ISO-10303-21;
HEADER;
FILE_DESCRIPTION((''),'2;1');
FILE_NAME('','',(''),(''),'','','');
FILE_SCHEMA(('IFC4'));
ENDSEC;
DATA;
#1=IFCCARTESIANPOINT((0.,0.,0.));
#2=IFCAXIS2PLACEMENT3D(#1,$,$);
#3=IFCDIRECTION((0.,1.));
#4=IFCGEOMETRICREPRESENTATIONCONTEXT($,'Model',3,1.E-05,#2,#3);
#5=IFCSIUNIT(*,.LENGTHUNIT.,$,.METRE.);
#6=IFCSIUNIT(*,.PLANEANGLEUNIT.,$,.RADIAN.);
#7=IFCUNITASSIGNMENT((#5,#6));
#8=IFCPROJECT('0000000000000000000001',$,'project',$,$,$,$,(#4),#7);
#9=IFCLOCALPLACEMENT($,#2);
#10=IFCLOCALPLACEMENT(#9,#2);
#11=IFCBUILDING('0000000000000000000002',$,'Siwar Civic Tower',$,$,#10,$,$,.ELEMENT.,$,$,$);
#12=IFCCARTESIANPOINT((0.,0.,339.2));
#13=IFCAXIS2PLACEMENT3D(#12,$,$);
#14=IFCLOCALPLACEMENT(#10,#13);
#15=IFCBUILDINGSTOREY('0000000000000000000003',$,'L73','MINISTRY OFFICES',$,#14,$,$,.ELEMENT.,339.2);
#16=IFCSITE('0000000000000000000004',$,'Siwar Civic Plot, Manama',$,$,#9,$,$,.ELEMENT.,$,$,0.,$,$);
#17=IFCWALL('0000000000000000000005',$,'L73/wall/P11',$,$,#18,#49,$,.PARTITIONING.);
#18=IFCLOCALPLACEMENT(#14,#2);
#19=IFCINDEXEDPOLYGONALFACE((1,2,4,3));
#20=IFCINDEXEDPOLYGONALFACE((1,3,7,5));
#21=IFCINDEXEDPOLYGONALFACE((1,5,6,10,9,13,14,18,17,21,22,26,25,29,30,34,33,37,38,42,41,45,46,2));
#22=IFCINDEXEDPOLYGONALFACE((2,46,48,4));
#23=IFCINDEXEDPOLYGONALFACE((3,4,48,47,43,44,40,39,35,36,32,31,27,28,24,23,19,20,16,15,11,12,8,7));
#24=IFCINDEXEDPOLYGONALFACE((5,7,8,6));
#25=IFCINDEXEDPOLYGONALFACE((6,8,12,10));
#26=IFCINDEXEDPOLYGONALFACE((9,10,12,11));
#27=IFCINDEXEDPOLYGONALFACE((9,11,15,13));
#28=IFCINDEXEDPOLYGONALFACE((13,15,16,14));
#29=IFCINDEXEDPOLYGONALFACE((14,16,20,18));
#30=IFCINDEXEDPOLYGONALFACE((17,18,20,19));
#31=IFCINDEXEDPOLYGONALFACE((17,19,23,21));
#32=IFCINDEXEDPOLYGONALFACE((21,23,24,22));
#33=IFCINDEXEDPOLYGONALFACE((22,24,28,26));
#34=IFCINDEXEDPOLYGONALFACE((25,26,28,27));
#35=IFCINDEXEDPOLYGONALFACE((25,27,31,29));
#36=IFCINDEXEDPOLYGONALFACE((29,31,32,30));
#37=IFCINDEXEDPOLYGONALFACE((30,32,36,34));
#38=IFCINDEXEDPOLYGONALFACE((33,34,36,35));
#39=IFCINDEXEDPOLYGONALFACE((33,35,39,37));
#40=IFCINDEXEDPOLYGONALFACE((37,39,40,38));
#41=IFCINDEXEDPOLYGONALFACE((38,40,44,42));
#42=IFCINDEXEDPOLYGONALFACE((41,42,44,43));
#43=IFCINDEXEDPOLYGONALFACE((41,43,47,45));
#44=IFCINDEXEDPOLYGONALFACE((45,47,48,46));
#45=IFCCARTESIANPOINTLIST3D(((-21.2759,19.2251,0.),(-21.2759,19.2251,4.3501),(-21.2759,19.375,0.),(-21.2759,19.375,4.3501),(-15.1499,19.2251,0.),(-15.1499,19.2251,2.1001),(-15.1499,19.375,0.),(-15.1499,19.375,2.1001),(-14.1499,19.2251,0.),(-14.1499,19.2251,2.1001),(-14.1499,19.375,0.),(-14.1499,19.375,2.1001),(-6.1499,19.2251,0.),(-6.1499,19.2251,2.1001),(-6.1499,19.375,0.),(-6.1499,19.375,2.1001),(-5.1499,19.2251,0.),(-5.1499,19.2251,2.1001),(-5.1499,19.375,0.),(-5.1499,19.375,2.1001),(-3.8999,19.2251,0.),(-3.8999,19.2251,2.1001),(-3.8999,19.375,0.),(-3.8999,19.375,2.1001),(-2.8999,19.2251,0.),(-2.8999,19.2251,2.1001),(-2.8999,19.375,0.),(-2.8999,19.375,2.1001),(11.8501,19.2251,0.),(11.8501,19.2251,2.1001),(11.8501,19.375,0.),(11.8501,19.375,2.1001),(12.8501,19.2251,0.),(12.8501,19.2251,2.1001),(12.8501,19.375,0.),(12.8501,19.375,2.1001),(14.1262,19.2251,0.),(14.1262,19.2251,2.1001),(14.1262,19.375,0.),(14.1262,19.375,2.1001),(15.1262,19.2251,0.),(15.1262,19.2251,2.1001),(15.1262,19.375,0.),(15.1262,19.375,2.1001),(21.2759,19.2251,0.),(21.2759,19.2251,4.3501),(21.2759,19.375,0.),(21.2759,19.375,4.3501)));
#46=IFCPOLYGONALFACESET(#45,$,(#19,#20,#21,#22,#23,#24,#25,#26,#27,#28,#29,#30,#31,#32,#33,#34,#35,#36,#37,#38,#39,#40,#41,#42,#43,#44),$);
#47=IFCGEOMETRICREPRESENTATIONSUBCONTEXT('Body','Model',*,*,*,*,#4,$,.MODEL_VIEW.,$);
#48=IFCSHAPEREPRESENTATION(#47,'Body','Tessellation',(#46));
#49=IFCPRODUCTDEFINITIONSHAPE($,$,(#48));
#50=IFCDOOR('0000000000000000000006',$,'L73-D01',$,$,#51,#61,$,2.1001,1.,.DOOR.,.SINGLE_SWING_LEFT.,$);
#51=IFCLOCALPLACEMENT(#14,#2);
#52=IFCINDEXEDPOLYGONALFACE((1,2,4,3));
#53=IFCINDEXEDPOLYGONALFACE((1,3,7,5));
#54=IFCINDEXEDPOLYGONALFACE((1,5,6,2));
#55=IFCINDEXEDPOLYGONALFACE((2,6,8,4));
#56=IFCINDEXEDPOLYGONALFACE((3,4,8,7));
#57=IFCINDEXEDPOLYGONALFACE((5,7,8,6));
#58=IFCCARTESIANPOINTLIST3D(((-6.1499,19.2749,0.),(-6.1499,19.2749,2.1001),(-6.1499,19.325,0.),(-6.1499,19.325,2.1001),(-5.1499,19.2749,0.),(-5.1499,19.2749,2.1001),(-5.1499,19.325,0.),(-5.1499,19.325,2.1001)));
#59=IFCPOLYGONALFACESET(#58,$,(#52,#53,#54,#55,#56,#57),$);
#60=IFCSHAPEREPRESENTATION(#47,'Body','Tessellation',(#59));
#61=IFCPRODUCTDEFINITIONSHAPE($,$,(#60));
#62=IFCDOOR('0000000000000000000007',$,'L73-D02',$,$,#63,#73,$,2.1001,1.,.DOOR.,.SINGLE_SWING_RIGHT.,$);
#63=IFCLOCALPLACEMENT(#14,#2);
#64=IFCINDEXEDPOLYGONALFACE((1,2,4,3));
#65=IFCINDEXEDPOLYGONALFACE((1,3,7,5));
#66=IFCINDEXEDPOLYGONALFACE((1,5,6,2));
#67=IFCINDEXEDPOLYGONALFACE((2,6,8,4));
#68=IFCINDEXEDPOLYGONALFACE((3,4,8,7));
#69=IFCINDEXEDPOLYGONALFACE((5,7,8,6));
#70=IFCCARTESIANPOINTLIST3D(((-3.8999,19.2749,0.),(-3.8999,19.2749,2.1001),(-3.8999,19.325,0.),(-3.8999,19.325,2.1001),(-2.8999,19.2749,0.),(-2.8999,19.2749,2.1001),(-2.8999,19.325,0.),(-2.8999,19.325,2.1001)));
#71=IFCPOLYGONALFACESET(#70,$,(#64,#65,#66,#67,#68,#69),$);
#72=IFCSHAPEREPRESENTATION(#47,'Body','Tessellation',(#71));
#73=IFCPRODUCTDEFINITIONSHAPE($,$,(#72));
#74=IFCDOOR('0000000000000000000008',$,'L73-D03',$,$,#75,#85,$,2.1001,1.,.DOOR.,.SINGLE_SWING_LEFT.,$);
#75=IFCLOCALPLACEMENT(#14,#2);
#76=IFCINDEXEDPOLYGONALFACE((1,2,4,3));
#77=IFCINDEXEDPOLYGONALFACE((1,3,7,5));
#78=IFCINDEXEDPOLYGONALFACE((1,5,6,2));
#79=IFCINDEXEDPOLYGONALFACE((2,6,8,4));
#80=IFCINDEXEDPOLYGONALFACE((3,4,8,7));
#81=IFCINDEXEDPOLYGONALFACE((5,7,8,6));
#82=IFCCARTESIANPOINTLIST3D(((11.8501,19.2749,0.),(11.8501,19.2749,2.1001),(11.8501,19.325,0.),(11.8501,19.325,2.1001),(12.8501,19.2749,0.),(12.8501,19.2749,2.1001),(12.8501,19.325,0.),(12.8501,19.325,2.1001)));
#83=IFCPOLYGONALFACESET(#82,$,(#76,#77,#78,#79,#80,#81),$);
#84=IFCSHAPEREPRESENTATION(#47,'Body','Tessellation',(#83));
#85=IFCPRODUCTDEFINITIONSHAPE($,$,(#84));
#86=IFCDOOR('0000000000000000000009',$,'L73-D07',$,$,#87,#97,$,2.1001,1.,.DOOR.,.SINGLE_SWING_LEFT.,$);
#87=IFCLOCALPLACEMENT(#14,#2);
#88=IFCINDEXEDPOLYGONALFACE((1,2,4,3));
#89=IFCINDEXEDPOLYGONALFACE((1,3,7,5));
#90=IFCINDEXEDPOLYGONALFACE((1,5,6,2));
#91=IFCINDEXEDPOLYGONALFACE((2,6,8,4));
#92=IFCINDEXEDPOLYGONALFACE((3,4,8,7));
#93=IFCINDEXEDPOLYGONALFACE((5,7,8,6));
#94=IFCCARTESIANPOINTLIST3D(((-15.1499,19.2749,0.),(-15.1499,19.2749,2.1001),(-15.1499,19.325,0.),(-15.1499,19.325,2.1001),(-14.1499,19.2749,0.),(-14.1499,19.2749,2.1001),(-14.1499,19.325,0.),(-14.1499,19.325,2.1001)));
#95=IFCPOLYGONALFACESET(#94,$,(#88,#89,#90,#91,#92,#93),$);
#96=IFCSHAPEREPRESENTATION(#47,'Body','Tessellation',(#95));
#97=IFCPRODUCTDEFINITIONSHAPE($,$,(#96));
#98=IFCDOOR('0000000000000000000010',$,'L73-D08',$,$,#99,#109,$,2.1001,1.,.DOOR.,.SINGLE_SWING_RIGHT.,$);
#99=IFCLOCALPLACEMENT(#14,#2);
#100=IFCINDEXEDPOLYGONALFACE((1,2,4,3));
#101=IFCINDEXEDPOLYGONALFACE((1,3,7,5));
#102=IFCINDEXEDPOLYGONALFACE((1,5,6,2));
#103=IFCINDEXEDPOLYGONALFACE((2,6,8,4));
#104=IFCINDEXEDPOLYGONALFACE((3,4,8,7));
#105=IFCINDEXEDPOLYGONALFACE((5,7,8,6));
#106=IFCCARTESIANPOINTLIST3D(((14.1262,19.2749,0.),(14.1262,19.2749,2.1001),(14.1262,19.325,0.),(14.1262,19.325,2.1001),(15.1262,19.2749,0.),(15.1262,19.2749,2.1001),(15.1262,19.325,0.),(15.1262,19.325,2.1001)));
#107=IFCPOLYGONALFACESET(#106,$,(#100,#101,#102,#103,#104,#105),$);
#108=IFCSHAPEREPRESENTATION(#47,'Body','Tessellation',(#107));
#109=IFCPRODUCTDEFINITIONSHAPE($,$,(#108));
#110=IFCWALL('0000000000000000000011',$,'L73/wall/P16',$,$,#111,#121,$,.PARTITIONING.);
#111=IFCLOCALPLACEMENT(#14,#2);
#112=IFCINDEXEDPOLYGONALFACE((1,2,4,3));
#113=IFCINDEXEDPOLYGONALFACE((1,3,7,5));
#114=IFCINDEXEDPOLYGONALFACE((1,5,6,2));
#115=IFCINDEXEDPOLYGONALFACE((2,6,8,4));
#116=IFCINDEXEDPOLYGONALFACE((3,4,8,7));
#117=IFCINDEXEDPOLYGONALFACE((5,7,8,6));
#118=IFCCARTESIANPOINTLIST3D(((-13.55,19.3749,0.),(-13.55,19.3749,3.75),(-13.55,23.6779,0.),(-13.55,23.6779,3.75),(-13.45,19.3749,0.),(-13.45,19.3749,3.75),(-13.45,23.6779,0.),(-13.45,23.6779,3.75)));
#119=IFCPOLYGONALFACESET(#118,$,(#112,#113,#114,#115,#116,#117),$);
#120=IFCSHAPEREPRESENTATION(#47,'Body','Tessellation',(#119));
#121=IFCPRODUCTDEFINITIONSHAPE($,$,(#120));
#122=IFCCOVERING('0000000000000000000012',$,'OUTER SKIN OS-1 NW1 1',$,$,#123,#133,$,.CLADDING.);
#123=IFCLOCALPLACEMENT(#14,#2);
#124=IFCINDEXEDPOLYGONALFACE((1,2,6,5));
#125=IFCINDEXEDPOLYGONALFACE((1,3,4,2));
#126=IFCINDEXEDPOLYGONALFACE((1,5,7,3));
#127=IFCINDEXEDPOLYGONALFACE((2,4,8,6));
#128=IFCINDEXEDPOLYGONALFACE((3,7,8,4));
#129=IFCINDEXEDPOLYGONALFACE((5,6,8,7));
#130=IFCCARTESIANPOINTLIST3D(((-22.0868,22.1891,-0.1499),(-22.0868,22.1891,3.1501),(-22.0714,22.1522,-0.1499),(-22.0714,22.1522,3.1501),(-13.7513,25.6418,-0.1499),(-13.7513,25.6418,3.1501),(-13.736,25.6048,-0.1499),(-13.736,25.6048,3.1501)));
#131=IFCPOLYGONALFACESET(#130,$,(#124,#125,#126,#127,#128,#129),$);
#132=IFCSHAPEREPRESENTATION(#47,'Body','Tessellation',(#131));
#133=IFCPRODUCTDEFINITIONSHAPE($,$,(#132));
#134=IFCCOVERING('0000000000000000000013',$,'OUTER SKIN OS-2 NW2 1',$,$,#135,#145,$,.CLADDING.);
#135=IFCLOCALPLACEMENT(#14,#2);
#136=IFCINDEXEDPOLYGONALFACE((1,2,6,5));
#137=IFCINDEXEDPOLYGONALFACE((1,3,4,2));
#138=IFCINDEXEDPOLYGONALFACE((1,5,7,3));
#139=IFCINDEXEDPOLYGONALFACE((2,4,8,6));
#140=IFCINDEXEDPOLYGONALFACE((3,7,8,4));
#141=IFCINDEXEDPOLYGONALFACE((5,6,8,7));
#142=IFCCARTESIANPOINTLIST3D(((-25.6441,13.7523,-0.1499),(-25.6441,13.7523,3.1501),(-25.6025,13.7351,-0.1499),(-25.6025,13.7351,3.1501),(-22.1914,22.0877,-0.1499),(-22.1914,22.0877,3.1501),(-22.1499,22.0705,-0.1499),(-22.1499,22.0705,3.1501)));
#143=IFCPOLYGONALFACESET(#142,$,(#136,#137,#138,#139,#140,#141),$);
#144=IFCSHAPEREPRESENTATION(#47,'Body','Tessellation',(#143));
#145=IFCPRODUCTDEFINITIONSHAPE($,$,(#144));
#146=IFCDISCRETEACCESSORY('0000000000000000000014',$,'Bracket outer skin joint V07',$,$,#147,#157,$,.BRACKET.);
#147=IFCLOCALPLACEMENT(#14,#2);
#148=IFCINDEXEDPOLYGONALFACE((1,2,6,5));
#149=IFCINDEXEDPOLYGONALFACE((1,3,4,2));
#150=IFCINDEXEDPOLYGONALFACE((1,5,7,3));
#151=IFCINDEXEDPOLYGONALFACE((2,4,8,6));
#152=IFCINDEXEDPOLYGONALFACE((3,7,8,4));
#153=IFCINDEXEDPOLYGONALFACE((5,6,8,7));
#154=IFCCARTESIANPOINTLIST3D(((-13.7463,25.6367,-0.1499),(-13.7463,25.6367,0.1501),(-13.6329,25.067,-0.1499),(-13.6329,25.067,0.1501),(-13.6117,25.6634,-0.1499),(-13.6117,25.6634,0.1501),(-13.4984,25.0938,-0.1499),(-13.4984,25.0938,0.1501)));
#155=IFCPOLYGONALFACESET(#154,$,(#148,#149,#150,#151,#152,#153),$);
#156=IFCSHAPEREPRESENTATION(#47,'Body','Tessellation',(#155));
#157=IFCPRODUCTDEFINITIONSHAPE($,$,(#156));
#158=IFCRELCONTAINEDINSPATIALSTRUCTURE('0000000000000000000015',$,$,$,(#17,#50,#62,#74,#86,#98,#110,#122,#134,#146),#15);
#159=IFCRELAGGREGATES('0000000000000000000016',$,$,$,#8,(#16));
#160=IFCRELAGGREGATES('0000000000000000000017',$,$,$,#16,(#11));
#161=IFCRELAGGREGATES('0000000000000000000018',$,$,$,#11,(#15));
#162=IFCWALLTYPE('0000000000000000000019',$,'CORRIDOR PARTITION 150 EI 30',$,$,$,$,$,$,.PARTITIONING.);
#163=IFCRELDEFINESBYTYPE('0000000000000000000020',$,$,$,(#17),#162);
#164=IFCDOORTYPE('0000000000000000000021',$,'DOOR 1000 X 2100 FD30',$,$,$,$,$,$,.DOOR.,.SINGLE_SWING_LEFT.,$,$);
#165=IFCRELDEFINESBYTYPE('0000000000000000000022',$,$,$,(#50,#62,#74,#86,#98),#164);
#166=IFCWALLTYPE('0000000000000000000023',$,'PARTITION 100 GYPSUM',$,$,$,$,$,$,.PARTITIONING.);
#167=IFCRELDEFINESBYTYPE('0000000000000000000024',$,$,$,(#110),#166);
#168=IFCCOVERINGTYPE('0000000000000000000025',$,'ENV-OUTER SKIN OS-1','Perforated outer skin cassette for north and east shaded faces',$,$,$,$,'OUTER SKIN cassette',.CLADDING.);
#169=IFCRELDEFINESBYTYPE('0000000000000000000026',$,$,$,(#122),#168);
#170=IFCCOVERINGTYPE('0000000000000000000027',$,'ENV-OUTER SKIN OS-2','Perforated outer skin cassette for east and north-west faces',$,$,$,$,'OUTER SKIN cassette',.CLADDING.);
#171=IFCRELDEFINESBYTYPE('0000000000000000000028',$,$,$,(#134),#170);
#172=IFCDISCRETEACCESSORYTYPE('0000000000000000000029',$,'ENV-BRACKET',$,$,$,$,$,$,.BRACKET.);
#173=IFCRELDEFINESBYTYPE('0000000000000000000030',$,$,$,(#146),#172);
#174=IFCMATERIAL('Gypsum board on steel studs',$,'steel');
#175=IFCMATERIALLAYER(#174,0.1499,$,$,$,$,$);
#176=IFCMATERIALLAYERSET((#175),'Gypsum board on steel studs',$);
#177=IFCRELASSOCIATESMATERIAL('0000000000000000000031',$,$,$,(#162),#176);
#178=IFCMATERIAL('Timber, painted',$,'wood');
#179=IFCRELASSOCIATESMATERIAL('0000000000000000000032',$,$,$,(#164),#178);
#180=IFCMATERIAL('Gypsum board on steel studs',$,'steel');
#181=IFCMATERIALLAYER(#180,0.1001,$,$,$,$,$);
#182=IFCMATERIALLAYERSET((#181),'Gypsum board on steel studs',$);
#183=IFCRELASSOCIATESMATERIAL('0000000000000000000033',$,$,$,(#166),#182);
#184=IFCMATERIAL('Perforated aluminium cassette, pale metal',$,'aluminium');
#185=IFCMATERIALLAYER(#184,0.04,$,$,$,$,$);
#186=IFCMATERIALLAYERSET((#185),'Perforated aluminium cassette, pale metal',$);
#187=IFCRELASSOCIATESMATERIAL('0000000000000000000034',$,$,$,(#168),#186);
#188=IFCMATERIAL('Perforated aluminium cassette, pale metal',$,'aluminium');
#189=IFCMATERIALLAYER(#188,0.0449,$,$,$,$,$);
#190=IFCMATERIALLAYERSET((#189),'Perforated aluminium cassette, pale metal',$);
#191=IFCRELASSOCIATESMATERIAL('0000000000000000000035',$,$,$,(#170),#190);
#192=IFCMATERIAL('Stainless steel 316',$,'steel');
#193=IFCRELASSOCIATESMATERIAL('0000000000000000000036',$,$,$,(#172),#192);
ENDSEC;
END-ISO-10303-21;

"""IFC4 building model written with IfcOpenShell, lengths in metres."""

from ifc_helpers import new_model, si_unit, direction, frame, frame_2d, origin, origin_2d, place, context, subcontext, project, spatial, rectangle, extrude, material, layer, layer_set, type_object, element, fill, save


model = new_model("IFC4")

# Units and contexts
model_context = context("Model", 3, precision=1e-05, world=origin(), true_north=direction((0.0, 1.0)))
body_context = subcontext(model_context, "Body", "Model", "MODEL_VIEW")
ifc_project = project(units=[si_unit("LENGTHUNIT", "METRE"), si_unit("PLANEANGLEUNIT", "RADIAN")], contexts=[model_context])

# Site, building, storey
site_placement = place(None, origin())
site = spatial("IfcSite", under=ifc_project, at=site_placement, Name="Siwar Civic Plot, Manama", CompositionType="ELEMENT", RefElevation=0.0)
building_placement = place(site_placement, origin())
building = spatial("IfcBuilding", under=site, at=building_placement, Name="Siwar Civic Tower", CompositionType="ELEMENT")
storey_placement = place(building_placement, frame((0.0, 0.0, 339.2)))
storey = spatial("IfcBuildingStorey", under=building, at=storey_placement, Name="L73", Description="MINISTRY OFFICES", CompositionType="ELEMENT", Elevation=339.2)

# Wall, openings, doors
ifc_material_1 = material(Name="Gypsum board on steel studs", Category="steel")
ifc_layer_1 = layer(ifc_material_1, 0.1499)
ifc_layer_set_1 = layer_set([ifc_layer_1], Name="Gypsum board on steel studs")
wall_type_1 = type_object("IfcWallType", Name="CORRIDOR PARTITION 150 EI 30", PredefinedType="PARTITIONING", material=ifc_layer_set_1)
ifc_material_2 = material(Name="Timber, painted", Category="wood")
door_type = type_object("IfcDoorType", Name="DOOR 1000 X 2100 FD30", OperationType="SINGLE_SWING_LEFT", PredefinedType="DOOR", material=ifc_material_2)
wall_1_placement = place(storey_placement, frame((-21.2759, 19.3, 0.0), z_axis=(0.0, 0.0, 1.0), x_axis=(1.0, 0.0, 0.0)))
wall_1 = element("IfcWall", 1, at=wall_1_placement, inside=storey, type_object=wall_type_1, Name="L73/wall/P11", PredefinedType="PARTITIONING", context=body_context, shape_type="SweptSolid", body=[
    extrude(rectangle(XDim=42.5518, YDim=0.1499, at=frame_2d((21.2759, 0.0))), origin(), (0.0, 0.0, 1.0), 4.3501),
])
opening_1_placement = place(wall_1_placement, frame((15.126, 0.0, 0.0)))
opening_1 = element("IfcOpeningElement", 2, at=opening_1_placement, cuts=wall_1, PredefinedType="OPENING", context=body_context, shape_type="SweptSolid", body=[
    extrude(rectangle(XDim=1.0, YDim=2.1001, at=frame_2d((0.5, 1.05))), frame((0.0, 0.085, 0.0), z_axis=(0.0, -1.0, 0.0), x_axis=(1.0, 0.0, 0.0)), (0.0, 0.0, 1.0), 0.1699),
])
opening_2_placement = place(wall_1_placement, frame((17.376, 0.0, 0.0)))
opening_2 = element("IfcOpeningElement", 3, at=opening_2_placement, cuts=wall_1, PredefinedType="OPENING", context=body_context, shape_type="SweptSolid", body=[
    extrude(rectangle(XDim=1.0, YDim=2.1001, at=frame_2d((0.5, 1.05))), frame((0.0, 0.085, 0.0), z_axis=(0.0, -1.0, 0.0), x_axis=(1.0, 0.0, 0.0)), (0.0, 0.0, 1.0), 0.1699),
])
opening_3_placement = place(wall_1_placement, frame((33.126, 0.0, 0.0)))
opening_3 = element("IfcOpeningElement", 4, at=opening_3_placement, cuts=wall_1, PredefinedType="OPENING", context=body_context, shape_type="SweptSolid", body=[
    extrude(rectangle(XDim=1.0, YDim=2.1001, at=frame_2d((0.5, 1.05))), frame((0.0, 0.085, 0.0), z_axis=(0.0, -1.0, 0.0), x_axis=(1.0, 0.0, 0.0)), (0.0, 0.0, 1.0), 0.1699),
])
opening_4_placement = place(wall_1_placement, frame((6.126, 0.0, 0.0)))
opening_4 = element("IfcOpeningElement", 5, at=opening_4_placement, cuts=wall_1, PredefinedType="OPENING", context=body_context, shape_type="SweptSolid", body=[
    extrude(rectangle(XDim=1.0, YDim=2.1001, at=frame_2d((0.5, 1.05))), frame((0.0, 0.085, 0.0), z_axis=(0.0, -1.0, 0.0), x_axis=(1.0, 0.0, 0.0)), (0.0, 0.0, 1.0), 0.1699),
])
opening_5_placement = place(wall_1_placement, frame((35.4021, 0.0, 0.0)))
opening_5 = element("IfcOpeningElement", 6, at=opening_5_placement, cuts=wall_1, PredefinedType="OPENING", context=body_context, shape_type="SweptSolid", body=[
    extrude(rectangle(XDim=1.0, YDim=2.1001, at=frame_2d((0.5, 1.05))), frame((0.0, 0.085, 0.0), z_axis=(0.0, -1.0, 0.0), x_axis=(1.0, 0.0, 0.0)), (0.0, 0.0, 1.0), 0.1699),
])
door_1_placement = place(opening_1_placement, origin())
door_1 = element("IfcDoor", 7, at=door_1_placement, inside=storey, type_object=door_type, Name="L73-D01", OperationType="SINGLE_SWING_LEFT", OverallHeight=2.1001, OverallWidth=1.0, PredefinedType="DOOR", context=body_context, shape_type="SweptSolid", body=[
    extrude(rectangle(XDim=1.0, YDim=2.1001, at=frame_2d((0.5, 1.05))), frame((0.0, 0.0249, 0.0), z_axis=(0.0, -1.0, 0.0), x_axis=(1.0, 0.0, 0.0)), (0.0, 0.0, 1.0), 0.05),
])
fill(opening_1, door_1)
door_2_placement = place(opening_2_placement, origin())
door_2 = element("IfcDoor", 8, at=door_2_placement, inside=storey, type_object=door_type, Name="L73-D02", OperationType="SINGLE_SWING_RIGHT", OverallHeight=2.1001, OverallWidth=1.0, PredefinedType="DOOR", context=body_context, shape_type="SweptSolid", body=[
    extrude(rectangle(XDim=1.0, YDim=2.1001, at=frame_2d((0.5, 1.05))), frame((0.0, 0.0249, 0.0), z_axis=(0.0, -1.0, 0.0), x_axis=(1.0, 0.0, 0.0)), (0.0, 0.0, 1.0), 0.05),
])
fill(opening_2, door_2)
door_3_placement = place(opening_3_placement, origin())
door_3 = element("IfcDoor", 9, at=door_3_placement, inside=storey, type_object=door_type, Name="L73-D03", OperationType="SINGLE_SWING_LEFT", OverallHeight=2.1001, OverallWidth=1.0, PredefinedType="DOOR", context=body_context, shape_type="SweptSolid", body=[
    extrude(rectangle(XDim=1.0, YDim=2.1001, at=frame_2d((0.5, 1.05))), frame((0.0, 0.0249, 0.0), z_axis=(0.0, -1.0, 0.0), x_axis=(1.0, 0.0, 0.0)), (0.0, 0.0, 1.0), 0.05),
])
fill(opening_3, door_3)
door_4_placement = place(opening_4_placement, origin())
door_4 = element("IfcDoor", 10, at=door_4_placement, inside=storey, type_object=door_type, Name="L73-D07", OperationType="SINGLE_SWING_LEFT", OverallHeight=2.1001, OverallWidth=1.0, PredefinedType="DOOR", context=body_context, shape_type="SweptSolid", body=[
    extrude(rectangle(XDim=1.0, YDim=2.1001, at=frame_2d((0.5, 1.05))), frame((0.0, 0.0249, 0.0), z_axis=(0.0, -1.0, 0.0), x_axis=(1.0, 0.0, 0.0)), (0.0, 0.0, 1.0), 0.05),
])
fill(opening_4, door_4)
door_5_placement = place(opening_5_placement, origin())
door_5 = element("IfcDoor", 11, at=door_5_placement, inside=storey, type_object=door_type, Name="L73-D08", OperationType="SINGLE_SWING_RIGHT", OverallHeight=2.1001, OverallWidth=1.0, PredefinedType="DOOR", context=body_context, shape_type="SweptSolid", body=[
    extrude(rectangle(XDim=1.0, YDim=2.1001, at=frame_2d((0.5, 1.05))), frame((0.0, 0.0249, 0.0), z_axis=(0.0, -1.0, 0.0), x_axis=(1.0, 0.0, 0.0)), (0.0, 0.0, 1.0), 0.05),
])
fill(opening_5, door_5)

# Wall
ifc_material_3 = material(Name="Gypsum board on steel studs", Category="steel")
ifc_layer_2 = layer(ifc_material_3, 0.1001)
ifc_layer_set_2 = layer_set([ifc_layer_2], Name="Gypsum board on steel studs")
wall_type_2 = type_object("IfcWallType", Name="PARTITION 100 GYPSUM", PredefinedType="PARTITIONING", material=ifc_layer_set_2)
wall_2_placement = place(storey_placement, frame((-13.5, 19.375, 0.0), z_axis=(0.0, 0.0, 1.0), x_axis=(0.0, 1.0, 0.0)))
element("IfcWall", 12, at=wall_2_placement, inside=storey, type_object=wall_type_2, Name="L73/wall/P16", PredefinedType="PARTITIONING", context=body_context, shape_type="SweptSolid", body=[
    extrude(rectangle(XDim=4.303, YDim=0.1001, at=frame_2d((2.1514, 0.0))), origin(), (0.0, 0.0, 1.0), 3.75),
])

# Coverings
ifc_material_4 = material(Name="Perforated aluminium cassette, pale metal", Category="aluminium")
ifc_layer_3 = layer(ifc_material_4, 0.04)
ifc_layer_set_3 = layer_set([ifc_layer_3], Name="Perforated aluminium cassette, pale metal")
covering_type_1 = type_object("IfcCoveringType", Name="ENV-OUTER SKIN OS-1", Description="Perforated outer skin cassette for north and east shaded faces", ElementType="OUTER SKIN cassette", PredefinedType="CLADDING", material=ifc_layer_set_3)
covering_1_placement = place(storey_placement, frame((-17.9114, 23.897, -0.1499), z_axis=(0.0, 0.0, 1.0), x_axis=(-0.92388, -0.382683, 0.0)))
element("IfcCovering", 13, at=covering_1_placement, inside=storey, type_object=covering_type_1, Name="OUTER SKIN OS-1 NW1 1", PredefinedType="CLADDING", context=body_context, shape_type="SweptSolid", body=[
    extrude(rectangle(XDim=9.0222, YDim=0.04, at=origin_2d()), origin(), (0.0, 0.0, 1.0), 3.3),
])
ifc_material_5 = material(Name="Perforated aluminium cassette, pale metal", Category="aluminium")
ifc_layer_4 = layer(ifc_material_5, 0.0449)
ifc_layer_set_4 = layer_set([ifc_layer_4], Name="Perforated aluminium cassette, pale metal")
covering_type_2 = type_object("IfcCoveringType", Name="ENV-OUTER SKIN OS-2", Description="Perforated outer skin cassette for east and north-west faces", ElementType="OUTER SKIN cassette", PredefinedType="CLADDING", material=ifc_layer_set_4)
covering_2_placement = place(storey_placement, frame((-23.897, 17.9114, -0.1499), z_axis=(0.0, 0.0, 1.0), x_axis=(-0.382683, -0.92388, 0.0)))
element("IfcCovering", 14, at=covering_2_placement, inside=storey, type_object=covering_type_2, Name="OUTER SKIN OS-2 NW2 1", PredefinedType="CLADDING", context=body_context, shape_type="SweptSolid", body=[
    extrude(rectangle(XDim=9.0222, YDim=0.0449, at=origin_2d()), origin(), (0.0, 0.0, 1.0), 3.3),
])

# Discrete accessory
ifc_material_6 = material(Name="Stainless steel 316", Category="steel")
discrete_accessory_type = type_object("IfcDiscreteAccessoryType", Name="ENV-BRACKET", PredefinedType="BRACKET", material=ifc_material_6)
discrete_accessory_1_placement = place(storey_placement, frame((-13.6223, 25.3652, -0.1499), z_axis=(0.0, 0.0, 1.0), x_axis=(-0.19509, 0.980785, 0.0)))
element("IfcDiscreteAccessory", 15, at=discrete_accessory_1_placement, inside=storey, type_object=discrete_accessory_type, Name="Bracket outer skin joint V07", PredefinedType="BRACKET", context=body_context, shape_type="SweptSolid", body=[
    extrude(rectangle(XDim=0.5808, YDim=0.1372, at=origin_2d()), origin(), (0.0, 0.0, 1.0), 0.3),
])

save(model, "model.ifc")
